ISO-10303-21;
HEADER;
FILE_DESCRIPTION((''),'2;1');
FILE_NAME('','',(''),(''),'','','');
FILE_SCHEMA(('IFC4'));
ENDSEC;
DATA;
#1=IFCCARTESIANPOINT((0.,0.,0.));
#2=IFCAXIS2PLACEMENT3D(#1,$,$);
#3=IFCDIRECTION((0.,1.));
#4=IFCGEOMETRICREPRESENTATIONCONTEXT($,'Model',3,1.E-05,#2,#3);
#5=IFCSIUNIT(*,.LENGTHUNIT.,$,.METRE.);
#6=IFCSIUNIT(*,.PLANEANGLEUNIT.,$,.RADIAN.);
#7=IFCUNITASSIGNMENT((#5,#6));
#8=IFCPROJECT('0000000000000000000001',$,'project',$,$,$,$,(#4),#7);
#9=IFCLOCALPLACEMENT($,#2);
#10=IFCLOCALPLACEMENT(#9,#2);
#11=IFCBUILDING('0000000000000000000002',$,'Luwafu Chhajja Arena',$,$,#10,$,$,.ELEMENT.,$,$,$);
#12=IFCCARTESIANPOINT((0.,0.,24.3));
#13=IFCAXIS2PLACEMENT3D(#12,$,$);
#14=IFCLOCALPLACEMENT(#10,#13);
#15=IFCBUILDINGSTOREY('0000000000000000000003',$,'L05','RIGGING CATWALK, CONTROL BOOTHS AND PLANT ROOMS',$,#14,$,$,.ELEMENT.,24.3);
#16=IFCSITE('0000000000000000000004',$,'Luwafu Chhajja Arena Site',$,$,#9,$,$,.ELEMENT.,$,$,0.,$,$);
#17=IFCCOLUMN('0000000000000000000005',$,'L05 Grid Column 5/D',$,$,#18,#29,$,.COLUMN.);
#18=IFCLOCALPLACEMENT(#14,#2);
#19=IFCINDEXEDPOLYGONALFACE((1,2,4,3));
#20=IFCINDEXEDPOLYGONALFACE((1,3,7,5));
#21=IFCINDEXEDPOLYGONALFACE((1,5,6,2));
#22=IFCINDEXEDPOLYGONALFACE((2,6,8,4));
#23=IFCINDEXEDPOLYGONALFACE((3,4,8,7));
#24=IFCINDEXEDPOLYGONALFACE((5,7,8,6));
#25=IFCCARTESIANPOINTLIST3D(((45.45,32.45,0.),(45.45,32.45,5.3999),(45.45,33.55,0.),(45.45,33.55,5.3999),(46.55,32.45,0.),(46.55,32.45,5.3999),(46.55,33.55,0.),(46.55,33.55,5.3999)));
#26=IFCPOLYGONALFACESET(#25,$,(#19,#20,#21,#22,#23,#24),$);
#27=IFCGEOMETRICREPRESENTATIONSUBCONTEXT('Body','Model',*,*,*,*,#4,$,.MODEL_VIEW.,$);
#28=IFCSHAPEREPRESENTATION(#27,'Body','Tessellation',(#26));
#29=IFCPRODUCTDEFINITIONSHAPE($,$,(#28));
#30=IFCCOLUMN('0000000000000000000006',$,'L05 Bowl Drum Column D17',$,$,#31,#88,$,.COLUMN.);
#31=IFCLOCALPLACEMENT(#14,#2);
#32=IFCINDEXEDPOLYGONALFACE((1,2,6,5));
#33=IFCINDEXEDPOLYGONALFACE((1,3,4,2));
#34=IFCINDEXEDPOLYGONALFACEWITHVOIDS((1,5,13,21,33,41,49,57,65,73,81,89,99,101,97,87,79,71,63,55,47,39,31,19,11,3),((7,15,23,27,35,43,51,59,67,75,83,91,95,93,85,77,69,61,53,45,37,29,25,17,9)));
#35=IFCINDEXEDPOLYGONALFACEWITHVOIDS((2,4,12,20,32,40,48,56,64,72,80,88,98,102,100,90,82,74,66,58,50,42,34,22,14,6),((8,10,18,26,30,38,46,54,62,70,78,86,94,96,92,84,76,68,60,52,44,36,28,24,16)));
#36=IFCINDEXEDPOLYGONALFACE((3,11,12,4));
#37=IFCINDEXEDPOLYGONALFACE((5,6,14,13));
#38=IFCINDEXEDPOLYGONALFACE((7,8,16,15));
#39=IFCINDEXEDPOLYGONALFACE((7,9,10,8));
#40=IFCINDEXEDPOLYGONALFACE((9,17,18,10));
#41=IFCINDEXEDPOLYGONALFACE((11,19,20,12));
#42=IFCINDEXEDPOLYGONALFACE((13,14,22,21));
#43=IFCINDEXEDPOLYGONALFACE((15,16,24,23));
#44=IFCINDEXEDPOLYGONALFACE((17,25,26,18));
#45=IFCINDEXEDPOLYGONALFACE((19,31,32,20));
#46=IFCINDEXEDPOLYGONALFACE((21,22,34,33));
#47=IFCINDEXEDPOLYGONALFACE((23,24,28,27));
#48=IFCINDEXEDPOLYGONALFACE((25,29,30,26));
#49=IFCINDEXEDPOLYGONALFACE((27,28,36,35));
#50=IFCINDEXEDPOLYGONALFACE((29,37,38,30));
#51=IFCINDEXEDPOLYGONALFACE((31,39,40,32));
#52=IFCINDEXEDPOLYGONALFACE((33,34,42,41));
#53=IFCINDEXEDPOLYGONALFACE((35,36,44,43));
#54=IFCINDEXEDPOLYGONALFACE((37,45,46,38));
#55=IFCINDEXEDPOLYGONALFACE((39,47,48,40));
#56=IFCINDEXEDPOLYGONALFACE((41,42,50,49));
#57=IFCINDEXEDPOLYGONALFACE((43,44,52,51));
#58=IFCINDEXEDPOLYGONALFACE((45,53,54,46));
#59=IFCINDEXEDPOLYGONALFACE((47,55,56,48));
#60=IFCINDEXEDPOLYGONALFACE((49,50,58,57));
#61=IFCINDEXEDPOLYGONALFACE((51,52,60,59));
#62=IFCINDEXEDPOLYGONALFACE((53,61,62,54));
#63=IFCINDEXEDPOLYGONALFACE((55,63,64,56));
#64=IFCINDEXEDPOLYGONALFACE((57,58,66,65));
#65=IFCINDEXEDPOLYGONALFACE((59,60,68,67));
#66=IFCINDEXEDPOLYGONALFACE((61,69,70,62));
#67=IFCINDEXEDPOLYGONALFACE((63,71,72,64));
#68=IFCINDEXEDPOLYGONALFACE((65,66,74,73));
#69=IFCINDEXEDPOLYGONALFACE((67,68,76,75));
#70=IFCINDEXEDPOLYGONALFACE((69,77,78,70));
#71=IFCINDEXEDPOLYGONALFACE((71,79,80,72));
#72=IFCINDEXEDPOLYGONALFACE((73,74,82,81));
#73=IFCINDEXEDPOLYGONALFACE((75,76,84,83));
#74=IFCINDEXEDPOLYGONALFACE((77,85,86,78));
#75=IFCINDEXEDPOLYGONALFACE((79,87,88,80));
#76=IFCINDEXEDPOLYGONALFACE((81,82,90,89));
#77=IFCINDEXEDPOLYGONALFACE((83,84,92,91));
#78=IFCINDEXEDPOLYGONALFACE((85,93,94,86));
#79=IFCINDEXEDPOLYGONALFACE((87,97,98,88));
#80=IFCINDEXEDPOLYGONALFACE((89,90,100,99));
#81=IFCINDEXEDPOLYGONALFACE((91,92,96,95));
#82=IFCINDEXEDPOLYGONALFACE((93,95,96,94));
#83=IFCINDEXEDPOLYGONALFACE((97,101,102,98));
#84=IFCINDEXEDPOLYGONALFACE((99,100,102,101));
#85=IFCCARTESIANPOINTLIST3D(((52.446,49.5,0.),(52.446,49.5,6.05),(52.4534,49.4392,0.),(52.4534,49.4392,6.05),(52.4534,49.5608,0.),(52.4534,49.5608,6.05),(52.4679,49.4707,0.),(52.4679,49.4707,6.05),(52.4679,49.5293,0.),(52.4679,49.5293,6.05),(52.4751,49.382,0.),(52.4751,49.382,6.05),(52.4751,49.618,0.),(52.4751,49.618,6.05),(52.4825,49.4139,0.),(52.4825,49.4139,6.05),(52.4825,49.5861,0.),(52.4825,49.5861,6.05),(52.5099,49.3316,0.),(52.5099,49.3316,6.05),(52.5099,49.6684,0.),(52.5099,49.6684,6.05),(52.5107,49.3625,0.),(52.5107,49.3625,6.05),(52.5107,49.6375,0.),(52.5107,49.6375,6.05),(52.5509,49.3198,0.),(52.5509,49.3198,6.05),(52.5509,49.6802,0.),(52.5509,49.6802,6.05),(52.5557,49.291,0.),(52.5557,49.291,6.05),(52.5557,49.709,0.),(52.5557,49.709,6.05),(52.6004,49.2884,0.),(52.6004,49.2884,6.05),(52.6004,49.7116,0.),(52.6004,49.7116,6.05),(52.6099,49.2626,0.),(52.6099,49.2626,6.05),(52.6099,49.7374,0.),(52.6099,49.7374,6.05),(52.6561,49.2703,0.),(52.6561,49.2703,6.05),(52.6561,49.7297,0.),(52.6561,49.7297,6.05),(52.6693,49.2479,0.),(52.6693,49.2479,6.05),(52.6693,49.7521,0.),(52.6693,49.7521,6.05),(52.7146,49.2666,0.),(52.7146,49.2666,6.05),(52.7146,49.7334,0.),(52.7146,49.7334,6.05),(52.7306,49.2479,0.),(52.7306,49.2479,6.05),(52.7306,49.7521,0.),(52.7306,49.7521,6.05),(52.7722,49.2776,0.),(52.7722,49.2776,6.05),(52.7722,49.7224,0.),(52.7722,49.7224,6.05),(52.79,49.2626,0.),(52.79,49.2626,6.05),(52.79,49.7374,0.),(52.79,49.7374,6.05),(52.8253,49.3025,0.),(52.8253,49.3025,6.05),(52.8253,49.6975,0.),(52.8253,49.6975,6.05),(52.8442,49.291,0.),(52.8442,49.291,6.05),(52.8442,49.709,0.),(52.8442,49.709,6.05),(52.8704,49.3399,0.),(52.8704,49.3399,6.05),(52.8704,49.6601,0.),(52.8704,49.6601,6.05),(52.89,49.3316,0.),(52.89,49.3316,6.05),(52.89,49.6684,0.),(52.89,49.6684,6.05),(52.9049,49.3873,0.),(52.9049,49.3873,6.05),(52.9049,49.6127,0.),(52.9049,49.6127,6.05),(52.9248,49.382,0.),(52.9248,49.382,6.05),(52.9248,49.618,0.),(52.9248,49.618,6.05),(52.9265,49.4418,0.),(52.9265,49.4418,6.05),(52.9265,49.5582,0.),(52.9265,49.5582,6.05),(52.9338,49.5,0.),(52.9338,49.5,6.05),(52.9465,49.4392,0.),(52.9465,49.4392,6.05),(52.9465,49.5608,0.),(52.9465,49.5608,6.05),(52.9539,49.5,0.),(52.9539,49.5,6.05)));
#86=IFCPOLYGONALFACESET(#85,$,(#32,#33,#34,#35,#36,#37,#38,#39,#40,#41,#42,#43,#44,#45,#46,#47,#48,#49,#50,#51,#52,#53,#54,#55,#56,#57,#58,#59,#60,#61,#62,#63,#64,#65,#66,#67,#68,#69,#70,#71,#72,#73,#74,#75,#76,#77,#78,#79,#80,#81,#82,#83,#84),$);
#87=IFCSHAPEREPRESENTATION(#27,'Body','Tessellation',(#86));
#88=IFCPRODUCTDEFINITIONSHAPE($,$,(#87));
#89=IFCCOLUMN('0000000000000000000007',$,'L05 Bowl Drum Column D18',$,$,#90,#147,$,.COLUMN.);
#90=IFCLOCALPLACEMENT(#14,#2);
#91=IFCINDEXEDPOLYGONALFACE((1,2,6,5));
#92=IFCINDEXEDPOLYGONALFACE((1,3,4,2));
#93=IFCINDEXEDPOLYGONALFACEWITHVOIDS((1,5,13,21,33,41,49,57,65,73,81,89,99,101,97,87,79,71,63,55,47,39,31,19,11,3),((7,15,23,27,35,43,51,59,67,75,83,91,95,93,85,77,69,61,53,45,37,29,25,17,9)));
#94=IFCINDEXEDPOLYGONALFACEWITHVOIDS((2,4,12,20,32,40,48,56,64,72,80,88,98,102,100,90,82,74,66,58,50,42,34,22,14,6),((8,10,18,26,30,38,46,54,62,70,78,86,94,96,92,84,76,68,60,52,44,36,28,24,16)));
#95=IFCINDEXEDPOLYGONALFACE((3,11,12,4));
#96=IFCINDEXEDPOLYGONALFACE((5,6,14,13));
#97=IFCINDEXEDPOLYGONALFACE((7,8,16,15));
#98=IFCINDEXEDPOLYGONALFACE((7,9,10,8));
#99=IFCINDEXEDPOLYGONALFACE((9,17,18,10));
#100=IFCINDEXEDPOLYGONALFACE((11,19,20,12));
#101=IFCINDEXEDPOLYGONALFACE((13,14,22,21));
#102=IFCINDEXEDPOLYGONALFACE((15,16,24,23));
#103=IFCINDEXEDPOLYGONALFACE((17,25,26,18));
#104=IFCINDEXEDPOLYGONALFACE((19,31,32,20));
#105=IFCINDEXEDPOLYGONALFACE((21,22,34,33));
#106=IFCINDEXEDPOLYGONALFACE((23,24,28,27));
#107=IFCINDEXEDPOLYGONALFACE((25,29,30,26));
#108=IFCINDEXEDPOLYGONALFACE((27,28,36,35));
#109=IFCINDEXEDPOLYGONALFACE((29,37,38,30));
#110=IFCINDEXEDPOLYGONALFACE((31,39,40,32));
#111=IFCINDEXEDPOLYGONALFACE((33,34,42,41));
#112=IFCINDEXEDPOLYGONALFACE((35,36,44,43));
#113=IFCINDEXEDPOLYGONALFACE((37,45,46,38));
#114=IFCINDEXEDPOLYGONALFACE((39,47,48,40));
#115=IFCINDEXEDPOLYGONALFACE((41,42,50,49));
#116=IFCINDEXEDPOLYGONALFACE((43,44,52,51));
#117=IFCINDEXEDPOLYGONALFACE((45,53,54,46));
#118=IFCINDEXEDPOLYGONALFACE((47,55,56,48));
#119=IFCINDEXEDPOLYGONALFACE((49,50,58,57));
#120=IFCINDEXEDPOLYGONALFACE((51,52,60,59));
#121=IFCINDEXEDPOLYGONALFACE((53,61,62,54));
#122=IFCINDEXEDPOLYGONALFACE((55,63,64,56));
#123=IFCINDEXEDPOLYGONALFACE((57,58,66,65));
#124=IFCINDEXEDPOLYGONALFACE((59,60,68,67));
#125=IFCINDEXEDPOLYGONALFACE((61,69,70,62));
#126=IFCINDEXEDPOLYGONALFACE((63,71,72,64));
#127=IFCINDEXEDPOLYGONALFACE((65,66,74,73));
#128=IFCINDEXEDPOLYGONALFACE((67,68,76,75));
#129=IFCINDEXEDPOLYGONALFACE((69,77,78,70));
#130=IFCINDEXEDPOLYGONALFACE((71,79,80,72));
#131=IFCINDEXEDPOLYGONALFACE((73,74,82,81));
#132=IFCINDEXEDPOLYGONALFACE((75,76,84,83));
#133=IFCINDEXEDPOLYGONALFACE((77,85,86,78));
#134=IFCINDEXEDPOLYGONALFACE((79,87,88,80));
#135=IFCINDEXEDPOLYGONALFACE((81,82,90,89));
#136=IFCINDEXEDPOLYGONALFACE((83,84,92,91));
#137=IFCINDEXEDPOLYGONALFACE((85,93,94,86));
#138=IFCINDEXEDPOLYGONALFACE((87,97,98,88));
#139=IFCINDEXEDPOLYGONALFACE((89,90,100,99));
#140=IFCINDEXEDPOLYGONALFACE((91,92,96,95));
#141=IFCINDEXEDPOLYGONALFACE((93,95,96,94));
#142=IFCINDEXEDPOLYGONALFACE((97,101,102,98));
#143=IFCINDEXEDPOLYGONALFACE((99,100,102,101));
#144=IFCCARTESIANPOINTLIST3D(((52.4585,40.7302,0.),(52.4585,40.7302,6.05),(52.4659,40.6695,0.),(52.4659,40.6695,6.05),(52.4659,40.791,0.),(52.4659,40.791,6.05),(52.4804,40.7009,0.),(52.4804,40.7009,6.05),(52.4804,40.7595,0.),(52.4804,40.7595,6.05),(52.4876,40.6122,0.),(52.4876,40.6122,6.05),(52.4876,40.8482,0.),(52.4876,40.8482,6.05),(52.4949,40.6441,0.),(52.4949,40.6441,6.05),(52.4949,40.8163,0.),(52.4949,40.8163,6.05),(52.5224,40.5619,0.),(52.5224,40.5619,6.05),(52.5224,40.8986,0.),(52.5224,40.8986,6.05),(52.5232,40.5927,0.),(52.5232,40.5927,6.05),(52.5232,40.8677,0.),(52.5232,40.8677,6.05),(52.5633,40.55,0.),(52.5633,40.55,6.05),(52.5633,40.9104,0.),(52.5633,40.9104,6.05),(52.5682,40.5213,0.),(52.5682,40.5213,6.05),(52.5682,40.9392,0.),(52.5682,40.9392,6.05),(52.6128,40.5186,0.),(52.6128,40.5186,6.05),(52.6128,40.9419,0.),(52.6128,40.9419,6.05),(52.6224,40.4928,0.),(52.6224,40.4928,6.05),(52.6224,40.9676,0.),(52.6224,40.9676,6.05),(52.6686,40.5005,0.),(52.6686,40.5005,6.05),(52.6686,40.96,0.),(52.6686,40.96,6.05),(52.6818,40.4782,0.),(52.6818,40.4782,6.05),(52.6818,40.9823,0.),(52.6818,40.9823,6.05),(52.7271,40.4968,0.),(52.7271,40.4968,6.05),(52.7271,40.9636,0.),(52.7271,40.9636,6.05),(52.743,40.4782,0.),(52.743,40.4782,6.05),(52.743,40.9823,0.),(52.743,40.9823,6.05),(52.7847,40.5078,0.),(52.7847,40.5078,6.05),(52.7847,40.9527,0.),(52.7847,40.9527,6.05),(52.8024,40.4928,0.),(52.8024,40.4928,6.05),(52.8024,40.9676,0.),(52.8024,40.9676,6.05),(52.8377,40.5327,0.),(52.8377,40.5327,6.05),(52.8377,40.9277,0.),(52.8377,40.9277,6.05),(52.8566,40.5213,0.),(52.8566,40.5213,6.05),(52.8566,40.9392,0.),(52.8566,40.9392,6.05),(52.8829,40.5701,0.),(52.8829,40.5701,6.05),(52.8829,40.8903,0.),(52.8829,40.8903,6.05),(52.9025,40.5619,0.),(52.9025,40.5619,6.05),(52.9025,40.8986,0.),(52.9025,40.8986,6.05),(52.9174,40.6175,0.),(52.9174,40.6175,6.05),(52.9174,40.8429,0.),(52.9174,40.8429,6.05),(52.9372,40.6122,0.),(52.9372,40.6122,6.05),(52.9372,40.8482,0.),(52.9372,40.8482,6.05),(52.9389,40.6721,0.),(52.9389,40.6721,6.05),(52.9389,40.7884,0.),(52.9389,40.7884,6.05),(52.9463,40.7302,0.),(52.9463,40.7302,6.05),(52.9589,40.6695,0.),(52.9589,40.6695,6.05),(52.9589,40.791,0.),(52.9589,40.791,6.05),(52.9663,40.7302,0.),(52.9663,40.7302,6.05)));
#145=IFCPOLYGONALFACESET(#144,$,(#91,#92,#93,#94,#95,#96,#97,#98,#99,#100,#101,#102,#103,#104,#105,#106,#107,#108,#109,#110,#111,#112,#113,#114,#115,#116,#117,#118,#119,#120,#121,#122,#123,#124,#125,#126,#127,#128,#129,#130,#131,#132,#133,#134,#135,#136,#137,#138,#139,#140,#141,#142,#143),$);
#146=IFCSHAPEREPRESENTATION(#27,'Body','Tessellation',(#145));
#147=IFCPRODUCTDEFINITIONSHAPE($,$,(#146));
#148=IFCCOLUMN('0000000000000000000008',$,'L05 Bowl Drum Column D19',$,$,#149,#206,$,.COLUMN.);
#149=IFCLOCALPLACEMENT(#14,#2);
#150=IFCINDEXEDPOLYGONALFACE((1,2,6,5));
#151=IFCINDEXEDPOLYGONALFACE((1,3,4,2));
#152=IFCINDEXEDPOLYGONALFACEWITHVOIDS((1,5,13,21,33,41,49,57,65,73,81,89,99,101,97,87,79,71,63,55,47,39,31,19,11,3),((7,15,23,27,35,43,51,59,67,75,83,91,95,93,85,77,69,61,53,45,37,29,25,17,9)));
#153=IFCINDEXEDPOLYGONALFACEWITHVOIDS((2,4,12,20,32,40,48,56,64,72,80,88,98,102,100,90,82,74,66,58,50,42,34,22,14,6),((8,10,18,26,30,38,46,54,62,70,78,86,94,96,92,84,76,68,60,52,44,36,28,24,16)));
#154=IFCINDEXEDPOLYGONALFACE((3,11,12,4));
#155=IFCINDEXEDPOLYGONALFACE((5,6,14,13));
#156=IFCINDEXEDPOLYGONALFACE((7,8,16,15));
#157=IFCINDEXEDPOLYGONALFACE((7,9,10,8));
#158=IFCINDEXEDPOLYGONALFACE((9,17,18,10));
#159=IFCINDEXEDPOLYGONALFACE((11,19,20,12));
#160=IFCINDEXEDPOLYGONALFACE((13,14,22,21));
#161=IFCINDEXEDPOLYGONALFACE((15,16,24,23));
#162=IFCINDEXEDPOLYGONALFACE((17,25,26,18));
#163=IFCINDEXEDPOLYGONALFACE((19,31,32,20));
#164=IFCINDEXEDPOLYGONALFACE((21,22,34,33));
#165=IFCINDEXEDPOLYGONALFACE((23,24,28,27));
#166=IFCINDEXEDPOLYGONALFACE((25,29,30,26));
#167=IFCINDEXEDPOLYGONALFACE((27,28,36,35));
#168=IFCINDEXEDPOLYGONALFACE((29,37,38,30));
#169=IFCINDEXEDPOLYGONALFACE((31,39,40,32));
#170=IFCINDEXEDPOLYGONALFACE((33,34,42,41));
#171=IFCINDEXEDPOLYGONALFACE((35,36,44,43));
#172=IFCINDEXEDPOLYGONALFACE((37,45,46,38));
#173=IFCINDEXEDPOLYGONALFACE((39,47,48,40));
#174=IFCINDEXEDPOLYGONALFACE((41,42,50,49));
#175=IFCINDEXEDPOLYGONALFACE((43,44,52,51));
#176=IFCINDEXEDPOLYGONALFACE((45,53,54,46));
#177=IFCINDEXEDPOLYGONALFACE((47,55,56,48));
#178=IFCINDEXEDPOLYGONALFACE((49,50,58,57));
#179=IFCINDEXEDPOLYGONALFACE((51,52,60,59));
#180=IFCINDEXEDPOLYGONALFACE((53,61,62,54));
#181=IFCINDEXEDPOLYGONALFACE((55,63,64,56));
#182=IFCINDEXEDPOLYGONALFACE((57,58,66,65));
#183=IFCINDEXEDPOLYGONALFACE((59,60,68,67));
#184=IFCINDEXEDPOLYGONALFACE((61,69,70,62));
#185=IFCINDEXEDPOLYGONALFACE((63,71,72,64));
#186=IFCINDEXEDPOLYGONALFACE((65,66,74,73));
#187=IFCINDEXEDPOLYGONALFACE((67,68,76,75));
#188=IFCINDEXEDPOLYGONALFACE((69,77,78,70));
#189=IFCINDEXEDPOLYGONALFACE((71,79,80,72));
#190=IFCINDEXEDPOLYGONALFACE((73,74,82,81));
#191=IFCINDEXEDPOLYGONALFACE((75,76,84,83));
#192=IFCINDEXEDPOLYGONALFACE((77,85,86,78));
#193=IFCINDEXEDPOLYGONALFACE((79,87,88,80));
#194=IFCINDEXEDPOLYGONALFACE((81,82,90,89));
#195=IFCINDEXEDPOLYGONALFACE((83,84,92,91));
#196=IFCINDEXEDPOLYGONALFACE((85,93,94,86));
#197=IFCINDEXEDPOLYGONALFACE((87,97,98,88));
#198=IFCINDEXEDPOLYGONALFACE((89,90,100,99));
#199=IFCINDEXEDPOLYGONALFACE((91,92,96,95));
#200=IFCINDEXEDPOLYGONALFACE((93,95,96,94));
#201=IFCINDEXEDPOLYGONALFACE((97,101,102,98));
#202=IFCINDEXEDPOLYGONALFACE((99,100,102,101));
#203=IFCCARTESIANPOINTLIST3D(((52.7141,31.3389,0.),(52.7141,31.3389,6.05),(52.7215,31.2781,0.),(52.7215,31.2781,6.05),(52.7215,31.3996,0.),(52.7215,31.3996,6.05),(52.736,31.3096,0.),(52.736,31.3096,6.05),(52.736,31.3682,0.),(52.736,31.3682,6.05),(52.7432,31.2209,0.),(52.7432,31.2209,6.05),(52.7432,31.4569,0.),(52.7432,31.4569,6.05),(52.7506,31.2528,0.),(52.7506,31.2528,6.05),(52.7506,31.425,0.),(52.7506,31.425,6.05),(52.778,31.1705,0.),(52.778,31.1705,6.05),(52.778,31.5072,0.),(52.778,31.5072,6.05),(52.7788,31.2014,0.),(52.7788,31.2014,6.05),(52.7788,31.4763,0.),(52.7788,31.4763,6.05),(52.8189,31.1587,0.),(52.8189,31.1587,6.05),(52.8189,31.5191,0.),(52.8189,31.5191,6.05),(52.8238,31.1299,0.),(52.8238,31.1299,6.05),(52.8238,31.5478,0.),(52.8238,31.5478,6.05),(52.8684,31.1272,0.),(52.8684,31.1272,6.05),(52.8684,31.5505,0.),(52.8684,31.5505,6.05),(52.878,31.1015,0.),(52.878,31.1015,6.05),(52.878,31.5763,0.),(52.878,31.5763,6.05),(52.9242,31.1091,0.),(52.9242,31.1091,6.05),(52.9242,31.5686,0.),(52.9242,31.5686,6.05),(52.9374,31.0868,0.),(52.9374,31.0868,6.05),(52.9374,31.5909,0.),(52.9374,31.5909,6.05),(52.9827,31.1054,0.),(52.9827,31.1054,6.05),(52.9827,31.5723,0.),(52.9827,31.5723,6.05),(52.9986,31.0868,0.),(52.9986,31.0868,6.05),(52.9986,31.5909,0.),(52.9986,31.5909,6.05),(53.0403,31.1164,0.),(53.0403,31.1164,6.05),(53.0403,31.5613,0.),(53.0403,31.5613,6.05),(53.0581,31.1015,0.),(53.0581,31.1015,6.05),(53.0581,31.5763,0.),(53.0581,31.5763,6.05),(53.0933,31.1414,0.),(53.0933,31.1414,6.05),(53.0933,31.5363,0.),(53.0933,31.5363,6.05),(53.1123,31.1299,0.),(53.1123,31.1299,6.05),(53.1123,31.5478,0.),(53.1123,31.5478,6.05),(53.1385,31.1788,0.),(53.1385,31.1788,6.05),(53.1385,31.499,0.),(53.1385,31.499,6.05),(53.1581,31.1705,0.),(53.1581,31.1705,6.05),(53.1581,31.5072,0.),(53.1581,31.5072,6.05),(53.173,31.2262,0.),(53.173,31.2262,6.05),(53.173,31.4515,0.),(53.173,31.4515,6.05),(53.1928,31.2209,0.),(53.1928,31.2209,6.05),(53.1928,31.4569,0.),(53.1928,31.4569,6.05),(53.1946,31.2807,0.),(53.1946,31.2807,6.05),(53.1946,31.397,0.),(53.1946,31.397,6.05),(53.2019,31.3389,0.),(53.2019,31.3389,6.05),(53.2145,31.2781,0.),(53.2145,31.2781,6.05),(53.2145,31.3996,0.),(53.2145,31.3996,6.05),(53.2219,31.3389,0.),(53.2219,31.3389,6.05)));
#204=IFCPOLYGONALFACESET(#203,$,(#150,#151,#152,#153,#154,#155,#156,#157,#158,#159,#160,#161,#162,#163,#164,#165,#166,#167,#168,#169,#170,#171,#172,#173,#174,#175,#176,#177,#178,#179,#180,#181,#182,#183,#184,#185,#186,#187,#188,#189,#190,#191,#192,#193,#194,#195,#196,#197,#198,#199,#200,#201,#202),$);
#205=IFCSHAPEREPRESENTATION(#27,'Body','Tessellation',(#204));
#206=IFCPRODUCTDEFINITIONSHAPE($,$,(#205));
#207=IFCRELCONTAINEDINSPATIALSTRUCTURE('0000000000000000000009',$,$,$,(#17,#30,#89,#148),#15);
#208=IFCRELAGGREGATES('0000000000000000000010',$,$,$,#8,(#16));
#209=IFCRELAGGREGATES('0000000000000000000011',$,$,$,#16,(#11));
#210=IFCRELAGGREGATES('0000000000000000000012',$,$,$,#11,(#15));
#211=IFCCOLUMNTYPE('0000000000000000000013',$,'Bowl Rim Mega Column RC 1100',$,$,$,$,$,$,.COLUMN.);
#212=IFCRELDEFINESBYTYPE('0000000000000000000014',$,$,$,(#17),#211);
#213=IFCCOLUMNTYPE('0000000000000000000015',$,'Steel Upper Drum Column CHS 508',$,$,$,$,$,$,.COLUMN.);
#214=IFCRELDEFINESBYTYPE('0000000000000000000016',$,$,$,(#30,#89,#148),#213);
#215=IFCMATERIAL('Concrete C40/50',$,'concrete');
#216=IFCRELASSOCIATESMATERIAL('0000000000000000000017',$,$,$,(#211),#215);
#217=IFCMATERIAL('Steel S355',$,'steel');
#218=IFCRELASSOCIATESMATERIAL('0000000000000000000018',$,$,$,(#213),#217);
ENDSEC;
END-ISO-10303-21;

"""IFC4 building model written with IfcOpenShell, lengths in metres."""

from ifc_helpers import new_model, si_unit, direction, frame, origin, origin_2d, place, context, subcontext, project, spatial, rectangle, hollow_circle, extrude, material, material_profile, profile_set, type_object, element, save


model = new_model("IFC4")

# Units and contexts
model_context = context("Model", 3, precision=1e-05, world=origin(), true_north=direction((0.0, 1.0)))
body_context = subcontext(model_context, "Body", "Model", "MODEL_VIEW")
ifc_project = project(units=[si_unit("LENGTHUNIT", "METRE"), si_unit("PLANEANGLEUNIT", "RADIAN")], contexts=[model_context])

# Site, building, storey
site_placement = place(None, origin())
site = spatial("IfcSite", under=ifc_project, at=site_placement, Name="Luwafu Chhajja Arena Site", CompositionType="ELEMENT", RefElevation=0.0)
building_placement = place(site_placement, origin())
building = spatial("IfcBuilding", under=site, at=building_placement, Name="Luwafu Chhajja Arena", CompositionType="ELEMENT")
storey_placement = place(building_placement, frame((0.0, 0.0, 24.3)))
storey = spatial("IfcBuildingStorey", under=building, at=storey_placement, Name="L05", Description="RIGGING CATWALK, CONTROL BOOTHS AND PLANT ROOMS", CompositionType="ELEMENT", Elevation=24.3)

# Columns
ifc_material_1 = material(Name="Concrete C40/50", Category="concrete")
ifc_material_profile_1 = material_profile(ifc_material_1, rectangle(XDim=1.1001, YDim=1.1001, at=origin_2d()), Name="RC 1100x1100")
ifc_profile_set_1 = profile_set([ifc_material_profile_1], Name="Concrete C40/50")
column_type_1 = type_object("IfcColumnType", Name="Bowl Rim Mega Column RC 1100", PredefinedType="COLUMN", material=ifc_profile_set_1)
column_placement = place(storey_placement, frame((46.0, 33.0, 0.0), z_axis=(0.0, 0.0, 1.0), x_axis=(1.0, 0.0, 0.0)))
element("IfcColumn", 1, at=column_placement, inside=storey, type_object=column_type_1, Name="L05 Grid Column 5/D", PredefinedType="COLUMN", context=body_context, shape_type="SweptSolid", body=[
    extrude(rectangle(XDim=1.1001, YDim=1.1001, at=origin_2d()), origin(), (0.0, 0.0, 1.0), 5.3999),
])
ifc_material_2 = material(Name="Steel S355", Category="steel")
ifc_material_profile_2 = material_profile(ifc_material_2, hollow_circle(Radius=0.2539, WallThickness=0.02, at=origin_2d()), Name="CHS 508x20")
ifc_profile_set_2 = profile_set([ifc_material_profile_2], Name="Steel S355")
column_type_2 = type_object("IfcColumnType", Name="Steel Upper Drum Column CHS 508", PredefinedType="COLUMN", material=ifc_profile_set_2)
for number, where, z_axis, x_axis, name in (
    (2, (52.7, 49.5, 0.0), (0.0, 0.0, 1.0), (1.0, 0.0, 0.0), "L05 Bowl Drum Column D17"),
    (3, (52.7124, 40.7302, 0.0), (0.0, 0.0, 1.0), (1.0, 0.0, 0.0), "L05 Bowl Drum Column D18"),
    (4, (52.968, 31.3389, 0.0), (0.0, 0.0, 1.0), (1.0, 0.0, 0.0), "L05 Bowl Drum Column D19"),
):
    element("IfcColumn", number, at=place(storey_placement, frame(where, z_axis=z_axis, x_axis=x_axis)), inside=storey, type_object=column_type_2, Name=name, PredefinedType="COLUMN", context=body_context, shape_type="SweptSolid", body=[
        extrude(hollow_circle(Radius=0.2539, WallThickness=0.02, at=origin_2d()), origin(), (0.0, 0.0, 1.0), 6.05),
    ])

save(model, "model.ifc")
